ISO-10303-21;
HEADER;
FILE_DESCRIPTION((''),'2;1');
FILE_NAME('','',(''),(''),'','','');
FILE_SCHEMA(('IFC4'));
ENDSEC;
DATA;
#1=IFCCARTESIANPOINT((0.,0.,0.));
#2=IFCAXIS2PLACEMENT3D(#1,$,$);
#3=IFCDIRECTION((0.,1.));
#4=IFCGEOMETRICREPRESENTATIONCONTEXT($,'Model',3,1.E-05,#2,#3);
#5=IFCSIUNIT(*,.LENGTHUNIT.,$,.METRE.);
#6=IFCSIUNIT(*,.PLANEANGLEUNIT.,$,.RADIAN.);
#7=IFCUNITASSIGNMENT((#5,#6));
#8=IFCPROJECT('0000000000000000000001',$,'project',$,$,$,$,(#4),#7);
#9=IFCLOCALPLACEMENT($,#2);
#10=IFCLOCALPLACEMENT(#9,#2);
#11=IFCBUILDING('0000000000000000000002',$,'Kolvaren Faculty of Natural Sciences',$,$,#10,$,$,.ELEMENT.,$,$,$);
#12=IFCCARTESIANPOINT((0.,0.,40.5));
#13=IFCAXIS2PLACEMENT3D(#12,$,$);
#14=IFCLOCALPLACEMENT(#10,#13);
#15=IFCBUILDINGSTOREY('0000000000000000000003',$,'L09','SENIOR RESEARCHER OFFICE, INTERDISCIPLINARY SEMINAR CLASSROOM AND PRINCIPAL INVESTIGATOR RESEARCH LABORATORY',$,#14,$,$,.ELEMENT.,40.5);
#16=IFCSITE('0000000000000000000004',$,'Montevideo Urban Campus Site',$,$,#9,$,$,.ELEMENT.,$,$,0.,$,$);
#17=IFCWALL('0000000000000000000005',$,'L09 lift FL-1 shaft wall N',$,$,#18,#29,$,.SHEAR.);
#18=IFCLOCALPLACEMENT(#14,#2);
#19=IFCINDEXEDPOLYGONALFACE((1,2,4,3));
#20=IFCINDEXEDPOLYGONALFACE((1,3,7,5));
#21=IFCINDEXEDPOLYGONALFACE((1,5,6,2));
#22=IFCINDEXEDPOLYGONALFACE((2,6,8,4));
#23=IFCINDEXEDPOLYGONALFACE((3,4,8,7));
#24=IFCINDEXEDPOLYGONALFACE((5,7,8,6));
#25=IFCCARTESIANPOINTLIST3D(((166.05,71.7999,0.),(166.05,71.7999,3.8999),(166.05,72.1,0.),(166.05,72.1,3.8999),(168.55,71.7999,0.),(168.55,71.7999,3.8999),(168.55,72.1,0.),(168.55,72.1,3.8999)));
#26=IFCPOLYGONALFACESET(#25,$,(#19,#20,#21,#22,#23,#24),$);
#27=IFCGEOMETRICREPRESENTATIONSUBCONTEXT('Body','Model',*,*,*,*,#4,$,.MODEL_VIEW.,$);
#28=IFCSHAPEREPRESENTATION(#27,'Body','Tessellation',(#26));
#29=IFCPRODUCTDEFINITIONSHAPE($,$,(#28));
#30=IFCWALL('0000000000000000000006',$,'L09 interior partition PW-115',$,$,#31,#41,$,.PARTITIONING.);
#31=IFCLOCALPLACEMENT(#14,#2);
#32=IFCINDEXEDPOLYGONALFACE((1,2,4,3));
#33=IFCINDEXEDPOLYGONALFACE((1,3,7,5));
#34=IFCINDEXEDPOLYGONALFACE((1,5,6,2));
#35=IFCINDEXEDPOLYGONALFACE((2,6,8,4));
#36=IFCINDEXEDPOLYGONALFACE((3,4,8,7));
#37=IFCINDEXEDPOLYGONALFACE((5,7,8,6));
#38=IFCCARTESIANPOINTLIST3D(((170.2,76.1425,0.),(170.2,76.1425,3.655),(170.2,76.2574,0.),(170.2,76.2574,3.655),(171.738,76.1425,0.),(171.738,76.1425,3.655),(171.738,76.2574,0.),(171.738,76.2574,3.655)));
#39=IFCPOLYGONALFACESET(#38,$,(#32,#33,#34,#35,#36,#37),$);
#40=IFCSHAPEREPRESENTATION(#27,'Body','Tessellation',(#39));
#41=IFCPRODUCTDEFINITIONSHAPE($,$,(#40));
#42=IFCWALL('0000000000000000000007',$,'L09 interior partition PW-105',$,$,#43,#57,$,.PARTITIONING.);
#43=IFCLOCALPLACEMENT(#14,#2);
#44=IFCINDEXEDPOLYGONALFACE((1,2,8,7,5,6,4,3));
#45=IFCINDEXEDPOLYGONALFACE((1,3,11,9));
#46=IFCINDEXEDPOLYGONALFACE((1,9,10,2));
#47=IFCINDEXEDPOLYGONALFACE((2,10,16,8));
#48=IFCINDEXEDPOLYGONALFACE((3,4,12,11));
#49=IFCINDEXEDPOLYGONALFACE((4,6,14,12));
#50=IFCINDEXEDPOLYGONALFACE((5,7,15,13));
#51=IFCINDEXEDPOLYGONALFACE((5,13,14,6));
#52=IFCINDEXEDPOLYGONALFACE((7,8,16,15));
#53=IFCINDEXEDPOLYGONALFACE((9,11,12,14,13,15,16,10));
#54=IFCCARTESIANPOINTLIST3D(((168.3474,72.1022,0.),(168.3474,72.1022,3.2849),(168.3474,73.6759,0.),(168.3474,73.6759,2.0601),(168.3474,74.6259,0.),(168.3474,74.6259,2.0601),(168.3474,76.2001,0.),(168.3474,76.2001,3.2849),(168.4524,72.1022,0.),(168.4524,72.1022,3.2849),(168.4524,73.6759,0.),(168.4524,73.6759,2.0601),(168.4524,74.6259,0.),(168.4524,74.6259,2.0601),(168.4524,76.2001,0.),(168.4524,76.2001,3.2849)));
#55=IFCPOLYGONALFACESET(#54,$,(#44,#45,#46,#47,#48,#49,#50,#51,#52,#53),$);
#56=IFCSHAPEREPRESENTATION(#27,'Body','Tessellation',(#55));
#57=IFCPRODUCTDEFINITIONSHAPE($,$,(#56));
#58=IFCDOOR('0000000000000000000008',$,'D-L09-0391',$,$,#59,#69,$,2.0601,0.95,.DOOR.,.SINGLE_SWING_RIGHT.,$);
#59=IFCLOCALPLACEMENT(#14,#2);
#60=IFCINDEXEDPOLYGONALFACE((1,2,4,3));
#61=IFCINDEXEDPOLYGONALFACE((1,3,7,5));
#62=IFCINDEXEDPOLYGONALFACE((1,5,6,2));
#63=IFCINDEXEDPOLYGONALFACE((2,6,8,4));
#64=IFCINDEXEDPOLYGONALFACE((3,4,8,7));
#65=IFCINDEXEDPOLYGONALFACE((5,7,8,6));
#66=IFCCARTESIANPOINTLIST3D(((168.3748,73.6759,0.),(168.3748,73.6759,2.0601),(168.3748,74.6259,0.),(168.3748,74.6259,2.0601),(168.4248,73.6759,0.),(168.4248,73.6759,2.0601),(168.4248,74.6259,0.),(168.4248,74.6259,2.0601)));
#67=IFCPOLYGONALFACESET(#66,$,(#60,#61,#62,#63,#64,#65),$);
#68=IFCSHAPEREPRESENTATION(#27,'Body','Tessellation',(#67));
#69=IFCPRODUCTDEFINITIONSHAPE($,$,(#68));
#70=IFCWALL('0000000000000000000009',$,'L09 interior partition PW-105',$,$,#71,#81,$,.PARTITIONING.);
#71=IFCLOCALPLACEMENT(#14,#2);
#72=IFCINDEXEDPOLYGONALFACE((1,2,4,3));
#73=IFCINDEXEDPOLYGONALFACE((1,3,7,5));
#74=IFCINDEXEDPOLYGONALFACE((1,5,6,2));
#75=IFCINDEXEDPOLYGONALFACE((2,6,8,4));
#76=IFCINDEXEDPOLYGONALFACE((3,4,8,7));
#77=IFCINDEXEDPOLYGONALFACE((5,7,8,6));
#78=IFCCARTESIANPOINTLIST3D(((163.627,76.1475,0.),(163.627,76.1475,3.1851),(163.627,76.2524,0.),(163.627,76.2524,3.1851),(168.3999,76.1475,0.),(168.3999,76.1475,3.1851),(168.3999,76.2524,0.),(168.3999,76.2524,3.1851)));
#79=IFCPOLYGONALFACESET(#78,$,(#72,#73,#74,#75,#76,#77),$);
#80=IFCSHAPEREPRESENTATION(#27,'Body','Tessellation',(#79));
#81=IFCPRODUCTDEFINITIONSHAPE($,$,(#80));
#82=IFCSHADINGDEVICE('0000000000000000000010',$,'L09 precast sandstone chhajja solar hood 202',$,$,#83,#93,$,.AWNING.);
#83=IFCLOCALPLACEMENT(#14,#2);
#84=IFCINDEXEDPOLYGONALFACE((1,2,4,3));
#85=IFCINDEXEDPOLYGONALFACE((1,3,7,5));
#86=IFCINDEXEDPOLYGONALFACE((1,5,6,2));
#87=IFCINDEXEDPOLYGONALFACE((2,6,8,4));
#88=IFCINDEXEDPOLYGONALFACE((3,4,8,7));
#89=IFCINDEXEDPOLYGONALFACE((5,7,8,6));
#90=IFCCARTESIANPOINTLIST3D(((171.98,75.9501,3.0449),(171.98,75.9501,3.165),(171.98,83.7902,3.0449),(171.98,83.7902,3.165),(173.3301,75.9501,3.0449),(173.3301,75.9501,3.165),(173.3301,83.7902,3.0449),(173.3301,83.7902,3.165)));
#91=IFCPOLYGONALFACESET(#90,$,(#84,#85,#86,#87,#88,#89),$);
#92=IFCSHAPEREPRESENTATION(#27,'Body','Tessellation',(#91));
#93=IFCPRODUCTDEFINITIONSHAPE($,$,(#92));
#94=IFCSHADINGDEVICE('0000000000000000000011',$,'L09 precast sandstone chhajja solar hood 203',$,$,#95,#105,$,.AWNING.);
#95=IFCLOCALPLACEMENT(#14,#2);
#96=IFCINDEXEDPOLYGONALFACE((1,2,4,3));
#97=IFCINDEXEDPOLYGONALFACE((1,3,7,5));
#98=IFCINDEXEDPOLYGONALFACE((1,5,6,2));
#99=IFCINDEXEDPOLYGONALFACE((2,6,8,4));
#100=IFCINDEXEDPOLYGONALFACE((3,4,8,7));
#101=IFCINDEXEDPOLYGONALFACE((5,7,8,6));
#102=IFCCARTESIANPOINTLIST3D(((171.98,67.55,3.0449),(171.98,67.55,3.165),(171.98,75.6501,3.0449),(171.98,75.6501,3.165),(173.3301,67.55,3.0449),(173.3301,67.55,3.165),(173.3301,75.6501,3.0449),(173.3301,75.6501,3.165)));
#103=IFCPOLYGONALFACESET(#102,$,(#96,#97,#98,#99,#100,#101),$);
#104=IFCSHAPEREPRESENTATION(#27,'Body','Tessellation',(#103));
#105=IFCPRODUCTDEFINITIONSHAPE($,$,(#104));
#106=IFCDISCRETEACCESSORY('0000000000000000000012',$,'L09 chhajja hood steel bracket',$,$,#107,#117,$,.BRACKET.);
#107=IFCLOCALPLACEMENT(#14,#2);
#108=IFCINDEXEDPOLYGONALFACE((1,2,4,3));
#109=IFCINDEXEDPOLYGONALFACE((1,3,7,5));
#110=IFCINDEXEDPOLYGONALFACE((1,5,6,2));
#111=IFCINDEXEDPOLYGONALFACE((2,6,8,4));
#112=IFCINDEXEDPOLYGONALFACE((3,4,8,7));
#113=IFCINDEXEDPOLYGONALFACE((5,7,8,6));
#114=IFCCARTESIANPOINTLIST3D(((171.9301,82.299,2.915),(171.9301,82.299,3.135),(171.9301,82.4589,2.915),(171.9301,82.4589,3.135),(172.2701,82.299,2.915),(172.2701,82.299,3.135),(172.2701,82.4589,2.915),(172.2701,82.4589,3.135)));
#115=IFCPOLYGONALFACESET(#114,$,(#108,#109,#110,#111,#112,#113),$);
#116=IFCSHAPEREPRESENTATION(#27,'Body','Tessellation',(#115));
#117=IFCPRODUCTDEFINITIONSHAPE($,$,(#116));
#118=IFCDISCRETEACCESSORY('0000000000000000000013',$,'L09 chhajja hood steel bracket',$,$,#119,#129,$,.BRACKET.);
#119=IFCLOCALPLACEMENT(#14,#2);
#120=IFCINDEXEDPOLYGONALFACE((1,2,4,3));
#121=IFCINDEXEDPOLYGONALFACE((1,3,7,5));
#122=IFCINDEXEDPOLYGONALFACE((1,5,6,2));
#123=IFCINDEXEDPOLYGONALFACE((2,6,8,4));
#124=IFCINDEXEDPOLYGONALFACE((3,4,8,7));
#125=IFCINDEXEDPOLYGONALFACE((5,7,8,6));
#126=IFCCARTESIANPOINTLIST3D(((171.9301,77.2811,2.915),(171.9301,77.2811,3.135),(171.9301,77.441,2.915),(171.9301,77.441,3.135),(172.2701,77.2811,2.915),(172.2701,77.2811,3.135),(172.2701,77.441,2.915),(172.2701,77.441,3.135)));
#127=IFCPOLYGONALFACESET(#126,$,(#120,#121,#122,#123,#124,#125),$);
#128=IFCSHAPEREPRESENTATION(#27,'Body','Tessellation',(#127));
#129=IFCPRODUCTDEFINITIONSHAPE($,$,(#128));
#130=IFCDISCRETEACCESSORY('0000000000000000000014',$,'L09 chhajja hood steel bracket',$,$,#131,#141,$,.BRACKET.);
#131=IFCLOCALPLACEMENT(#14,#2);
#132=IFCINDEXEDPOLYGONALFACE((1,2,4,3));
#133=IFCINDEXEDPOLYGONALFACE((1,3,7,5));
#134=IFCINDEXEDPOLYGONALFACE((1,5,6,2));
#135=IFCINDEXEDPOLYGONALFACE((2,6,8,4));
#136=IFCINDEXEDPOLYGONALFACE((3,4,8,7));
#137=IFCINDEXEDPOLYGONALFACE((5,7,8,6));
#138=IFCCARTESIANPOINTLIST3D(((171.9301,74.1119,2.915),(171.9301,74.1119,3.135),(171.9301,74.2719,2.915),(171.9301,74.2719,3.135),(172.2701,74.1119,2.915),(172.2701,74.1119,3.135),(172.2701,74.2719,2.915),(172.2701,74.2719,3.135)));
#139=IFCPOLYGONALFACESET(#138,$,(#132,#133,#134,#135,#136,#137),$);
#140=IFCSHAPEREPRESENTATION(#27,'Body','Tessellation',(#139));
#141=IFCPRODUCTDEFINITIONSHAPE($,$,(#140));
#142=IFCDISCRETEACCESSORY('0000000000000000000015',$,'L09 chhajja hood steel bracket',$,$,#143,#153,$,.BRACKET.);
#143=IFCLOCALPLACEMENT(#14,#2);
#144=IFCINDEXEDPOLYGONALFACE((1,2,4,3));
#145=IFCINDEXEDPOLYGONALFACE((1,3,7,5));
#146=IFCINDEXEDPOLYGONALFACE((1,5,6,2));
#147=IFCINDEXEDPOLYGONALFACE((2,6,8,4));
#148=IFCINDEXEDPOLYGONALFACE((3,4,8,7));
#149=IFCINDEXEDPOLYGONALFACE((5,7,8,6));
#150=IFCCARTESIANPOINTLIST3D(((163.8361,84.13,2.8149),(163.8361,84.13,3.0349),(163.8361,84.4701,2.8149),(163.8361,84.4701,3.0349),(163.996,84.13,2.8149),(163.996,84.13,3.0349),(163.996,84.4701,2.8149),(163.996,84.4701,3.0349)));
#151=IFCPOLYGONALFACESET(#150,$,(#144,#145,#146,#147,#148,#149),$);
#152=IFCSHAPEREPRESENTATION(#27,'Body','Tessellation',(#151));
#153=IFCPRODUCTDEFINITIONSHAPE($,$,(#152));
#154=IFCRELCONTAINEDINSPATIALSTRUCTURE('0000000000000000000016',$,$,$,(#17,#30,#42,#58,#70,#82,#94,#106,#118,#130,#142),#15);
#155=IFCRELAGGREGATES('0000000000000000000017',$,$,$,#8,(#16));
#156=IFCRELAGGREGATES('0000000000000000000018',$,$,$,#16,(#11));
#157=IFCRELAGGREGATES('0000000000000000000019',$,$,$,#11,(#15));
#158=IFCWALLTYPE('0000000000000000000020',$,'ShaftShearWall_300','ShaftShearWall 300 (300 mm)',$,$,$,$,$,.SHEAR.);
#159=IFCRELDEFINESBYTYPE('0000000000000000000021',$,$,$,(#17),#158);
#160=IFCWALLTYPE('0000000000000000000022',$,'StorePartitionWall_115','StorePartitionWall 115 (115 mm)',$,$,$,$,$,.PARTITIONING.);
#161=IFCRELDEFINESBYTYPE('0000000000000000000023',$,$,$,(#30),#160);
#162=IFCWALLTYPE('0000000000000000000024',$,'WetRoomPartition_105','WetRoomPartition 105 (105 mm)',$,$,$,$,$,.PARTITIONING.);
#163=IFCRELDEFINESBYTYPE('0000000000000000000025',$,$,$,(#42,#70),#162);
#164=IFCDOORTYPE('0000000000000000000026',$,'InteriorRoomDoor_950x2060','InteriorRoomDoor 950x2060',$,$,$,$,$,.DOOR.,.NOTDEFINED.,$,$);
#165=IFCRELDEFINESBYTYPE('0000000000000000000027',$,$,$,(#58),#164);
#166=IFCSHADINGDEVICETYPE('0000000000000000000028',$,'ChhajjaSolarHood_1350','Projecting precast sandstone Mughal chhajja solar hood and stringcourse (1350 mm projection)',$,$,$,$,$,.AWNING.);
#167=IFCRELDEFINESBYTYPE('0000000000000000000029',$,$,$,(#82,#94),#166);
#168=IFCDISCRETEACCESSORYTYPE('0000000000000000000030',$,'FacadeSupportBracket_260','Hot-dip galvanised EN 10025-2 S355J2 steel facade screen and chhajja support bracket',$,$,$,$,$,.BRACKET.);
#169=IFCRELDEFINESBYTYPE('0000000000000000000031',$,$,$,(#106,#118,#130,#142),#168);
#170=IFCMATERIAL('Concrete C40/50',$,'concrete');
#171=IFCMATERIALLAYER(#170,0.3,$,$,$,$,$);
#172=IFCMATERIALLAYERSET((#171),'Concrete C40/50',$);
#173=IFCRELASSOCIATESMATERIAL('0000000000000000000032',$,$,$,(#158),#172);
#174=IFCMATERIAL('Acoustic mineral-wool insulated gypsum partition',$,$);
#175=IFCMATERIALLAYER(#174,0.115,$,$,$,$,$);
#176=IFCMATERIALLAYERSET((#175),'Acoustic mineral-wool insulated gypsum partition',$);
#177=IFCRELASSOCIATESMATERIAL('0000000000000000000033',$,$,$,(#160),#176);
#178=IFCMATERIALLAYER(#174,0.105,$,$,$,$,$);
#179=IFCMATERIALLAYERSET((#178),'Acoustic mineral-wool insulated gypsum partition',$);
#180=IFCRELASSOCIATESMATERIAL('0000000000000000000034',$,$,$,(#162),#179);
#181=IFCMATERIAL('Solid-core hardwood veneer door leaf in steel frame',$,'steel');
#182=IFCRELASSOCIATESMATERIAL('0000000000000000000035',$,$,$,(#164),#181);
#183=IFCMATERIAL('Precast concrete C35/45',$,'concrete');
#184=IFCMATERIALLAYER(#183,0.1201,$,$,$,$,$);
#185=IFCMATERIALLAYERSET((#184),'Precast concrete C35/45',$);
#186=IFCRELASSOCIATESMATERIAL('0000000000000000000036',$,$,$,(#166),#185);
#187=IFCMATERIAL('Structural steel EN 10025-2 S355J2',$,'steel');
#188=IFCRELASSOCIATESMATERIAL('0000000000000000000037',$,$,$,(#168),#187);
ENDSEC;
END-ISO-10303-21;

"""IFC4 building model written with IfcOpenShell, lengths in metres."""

from ifc_helpers import new_model, si_unit, direction, frame, frame_2d, origin, origin_2d, place, context, subcontext, project, spatial, rectangle, extrude, material, layer, layer_set, type_object, element, fill, save


model = new_model("IFC4")

# Units and contexts
model_context = context("Model", 3, precision=1e-05, world=origin(), true_north=direction((0.0, 1.0)))
body_context = subcontext(model_context, "Body", "Model", "MODEL_VIEW")
ifc_project = project(units=[si_unit("LENGTHUNIT", "METRE"), si_unit("PLANEANGLEUNIT", "RADIAN")], contexts=[model_context])

# Site, building, storey
site_placement = place(None, origin())
site = spatial("IfcSite", under=ifc_project, at=site_placement, Name="Montevideo Urban Campus Site", CompositionType="ELEMENT", RefElevation=0.0)
building_placement = place(site_placement, origin())
building = spatial("IfcBuilding", under=site, at=building_placement, Name="Kolvaren Faculty of Natural Sciences", CompositionType="ELEMENT")
storey_placement = place(building_placement, frame((0.0, 0.0, 40.5)))
storey = spatial("IfcBuildingStorey", under=building, at=storey_placement, Name="L09", Description="SENIOR RESEARCHER OFFICE, INTERDISCIPLINARY SEMINAR CLASSROOM AND PRINCIPAL INVESTIGATOR RESEARCH LABORATORY", CompositionType="ELEMENT", Elevation=40.5)

# Shared definitions
ifc_material_1 = material(Name="Acoustic mineral-wool insulated gypsum partition")
ifc_material_2 = material(Name="Solid-core hardwood veneer door leaf in steel frame", Category="steel")

# Shared definitions
ifc_material_3 = material(Name="Precast concrete C35/45", Category="concrete")

# Walls
ifc_material_4 = material(Name="Concrete C40/50", Category="concrete")
ifc_layer_1 = layer(ifc_material_4, 0.3)
ifc_layer_set_1 = layer_set([ifc_layer_1], Name="Concrete C40/50")
wall_type_1 = type_object("IfcWallType", Name="ShaftShearWall_300", Description="ShaftShearWall 300 (300 mm)", PredefinedType="SHEAR", material=ifc_layer_set_1)
wall_1_placement = place(storey_placement, frame((166.05, 71.95, 0.0), z_axis=(0.0, 0.0, 1.0), x_axis=(1.0, 0.0, 0.0)))
element("IfcWall", 1, at=wall_1_placement, inside=storey, type_object=wall_type_1, Name="L09 lift FL-1 shaft wall N", PredefinedType="SHEAR", context=body_context, shape_type="SweptSolid", body=[
    extrude(rectangle(XDim=2.5, YDim=0.3, at=frame_2d((1.25, 0.0))), origin(), (0.0, 0.0, 1.0), 3.8999),
])
ifc_layer_2 = layer(ifc_material_1, 0.115)
ifc_layer_set_2 = layer_set([ifc_layer_2], Name="Acoustic mineral-wool insulated gypsum partition")
wall_type_2 = type_object("IfcWallType", Name="StorePartitionWall_115", Description="StorePartitionWall 115 (115 mm)", PredefinedType="PARTITIONING", material=ifc_layer_set_2)
wall_2_placement = place(storey_placement, frame((170.2, 76.2, 0.0), z_axis=(0.0, 0.0, 1.0), x_axis=(1.0, 0.0, 0.0)))
element("IfcWall", 2, at=wall_2_placement, inside=storey, type_object=wall_type_2, Name="L09 interior partition PW-115", PredefinedType="PARTITIONING", context=body_context, shape_type="SweptSolid", body=[
    extrude(rectangle(XDim=1.5381, YDim=0.115, at=frame_2d((0.769, 0.0))), origin(), (0.0, 0.0, 1.0), 3.655),
])

# Wall, opening, door
ifc_layer_3 = layer(ifc_material_1, 0.105)
ifc_layer_set_3 = layer_set([ifc_layer_3], Name="Acoustic mineral-wool insulated gypsum partition")
wall_type_3 = type_object("IfcWallType", Name="WetRoomPartition_105", Description="WetRoomPartition 105 (105 mm)", PredefinedType="PARTITIONING", material=ifc_layer_set_3)
wall_3_placement = place(storey_placement, frame((168.3999, 76.2, 0.0), z_axis=(0.0, 0.0, 1.0), x_axis=(0.0, -1.0, 0.0)))
wall_3 = element("IfcWall", 3, at=wall_3_placement, inside=storey, type_object=wall_type_3, Name="L09 interior partition PW-105", PredefinedType="PARTITIONING", context=body_context, shape_type="SweptSolid", body=[
    extrude(rectangle(XDim=4.0979, YDim=0.105, at=frame_2d((2.0488, 0.0))), origin(), (0.0, 0.0, 1.0), 3.2849),
])
opening_1_placement = place(wall_3_placement, frame((1.574, 0.0, 0.0)))
opening_1 = element("IfcOpeningElement", 4, at=opening_1_placement, cuts=wall_3, PredefinedType="OPENING", context=body_context, shape_type="SweptSolid", body=[
    extrude(rectangle(XDim=0.95, YDim=2.0601, at=frame_2d((0.4751, 1.03))), frame((0.0, 0.0625, 0.0), z_axis=(0.0, -1.0, 0.0), x_axis=(1.0, 0.0, 0.0)), (0.0, 0.0, 1.0), 0.125),
])
door_type_1 = type_object("IfcDoorType", Name="InteriorRoomDoor_950x2060", Description="InteriorRoomDoor 950x2060", OperationType="NOTDEFINED", PredefinedType="DOOR", material=ifc_material_2)
door_1_placement = place(opening_1_placement, origin())
door_1 = element("IfcDoor", 5, at=door_1_placement, inside=storey, type_object=door_type_1, Name="D-L09-0391", OperationType="SINGLE_SWING_RIGHT", OverallHeight=2.0601, OverallWidth=0.95, PredefinedType="DOOR", context=body_context, shape_type="SweptSolid", body=[
    extrude(rectangle(XDim=0.95, YDim=2.0601, at=frame_2d((0.4751, 1.03))), frame((0.0, 0.0249, 0.0), z_axis=(0.0, -1.0, 0.0), x_axis=(1.0, 0.0, 0.0)), (0.0, 0.0, 1.0), 0.05),
])
fill(opening_1, door_1)

# Wall
wall_4_placement = place(storey_placement, frame((163.627, 76.2, 0.0), z_axis=(0.0, 0.0, 1.0), x_axis=(1.0, 0.0, 0.0)))
element("IfcWall", 6, at=wall_4_placement, inside=storey, type_object=wall_type_3, Name="L09 interior partition PW-105", PredefinedType="PARTITIONING", context=body_context, shape_type="SweptSolid", body=[
    extrude(rectangle(XDim=4.7729, YDim=0.105, at=frame_2d((2.3865, 0.0))), origin(), (0.0, 0.0, 1.0), 3.1851),
])

# Shading devices
ifc_layer_4 = layer(ifc_material_3, 0.1201)
ifc_layer_set_4 = layer_set([ifc_layer_4], Name="Precast concrete C35/45")
shading_device_type = type_object("IfcShadingDeviceType", Name="ChhajjaSolarHood_1350", Description="Projecting precast sandstone Mughal chhajja solar hood and stringcourse (1350 mm projection)", PredefinedType="AWNING", material=ifc_layer_set_4)
shading_device_1_placement = place(storey_placement, frame((172.655, 79.8701, 3.0449), z_axis=(0.0, 0.0, 1.0), x_axis=(0.0, -1.0, 0.0)))
element("IfcShadingDevice", 7, at=shading_device_1_placement, inside=storey, type_object=shading_device_type, Name="L09 precast sandstone chhajja solar hood 202", PredefinedType="AWNING", context=body_context, shape_type="SweptSolid", body=[
    extrude(rectangle(XDim=7.8401, YDim=1.3501, at=origin_2d()), origin(), (0.0, 0.0, 1.0), 0.1201),
])
shading_device_2_placement = place(storey_placement, frame((172.655, 71.6001, 3.0449), z_axis=(0.0, 0.0, 1.0), x_axis=(0.0, -1.0, 0.0)))
element("IfcShadingDevice", 8, at=shading_device_2_placement, inside=storey, type_object=shading_device_type, Name="L09 precast sandstone chhajja solar hood 203", PredefinedType="AWNING", context=body_context, shape_type="SweptSolid", body=[
    extrude(rectangle(XDim=8.1001, YDim=1.3501, at=origin_2d()), origin(), (0.0, 0.0, 1.0), 0.1201),
])

# Discrete accessories
ifc_material_5 = material(Name="Structural steel EN 10025-2 S355J2", Category="steel")
discrete_accessory_type = type_object("IfcDiscreteAccessoryType", Name="FacadeSupportBracket_260", Description="Hot-dip galvanised EN 10025-2 S355J2 steel facade screen and chhajja support bracket", PredefinedType="BRACKET", material=ifc_material_5)
for number, where, z_axis, x_axis, name in (
    (9, (172.1001, 82.3789, 2.915), (0.0, 0.0, 1.0), (0.0, -1.0, 0.0), "L09 chhajja hood steel bracket"),
    (10, (172.1001, 77.3611, 2.915), (0.0, 0.0, 1.0), (0.0, -1.0, 0.0), "L09 chhajja hood steel bracket"),
    (11, (172.1001, 74.1919, 2.915), (0.0, 0.0, 1.0), (0.0, -1.0, 0.0), "L09 chhajja hood steel bracket"),
    (12, (163.916, 84.3, 2.8149), (0.0, 0.0, 1.0), (1.0, 0.0, 0.0), "L09 chhajja hood steel bracket"),
):
    element("IfcDiscreteAccessory", number, at=place(storey_placement, frame(where, z_axis=z_axis, x_axis=x_axis)), inside=storey, type_object=discrete_accessory_type, Name=name, PredefinedType="BRACKET", context=body_context, shape_type="SweptSolid", body=[
        extrude(rectangle(XDim=0.1599, YDim=0.3401, at=origin_2d()), origin(), (0.0, 0.0, 1.0), 0.22),
    ])

save(model, "model.ifc")
